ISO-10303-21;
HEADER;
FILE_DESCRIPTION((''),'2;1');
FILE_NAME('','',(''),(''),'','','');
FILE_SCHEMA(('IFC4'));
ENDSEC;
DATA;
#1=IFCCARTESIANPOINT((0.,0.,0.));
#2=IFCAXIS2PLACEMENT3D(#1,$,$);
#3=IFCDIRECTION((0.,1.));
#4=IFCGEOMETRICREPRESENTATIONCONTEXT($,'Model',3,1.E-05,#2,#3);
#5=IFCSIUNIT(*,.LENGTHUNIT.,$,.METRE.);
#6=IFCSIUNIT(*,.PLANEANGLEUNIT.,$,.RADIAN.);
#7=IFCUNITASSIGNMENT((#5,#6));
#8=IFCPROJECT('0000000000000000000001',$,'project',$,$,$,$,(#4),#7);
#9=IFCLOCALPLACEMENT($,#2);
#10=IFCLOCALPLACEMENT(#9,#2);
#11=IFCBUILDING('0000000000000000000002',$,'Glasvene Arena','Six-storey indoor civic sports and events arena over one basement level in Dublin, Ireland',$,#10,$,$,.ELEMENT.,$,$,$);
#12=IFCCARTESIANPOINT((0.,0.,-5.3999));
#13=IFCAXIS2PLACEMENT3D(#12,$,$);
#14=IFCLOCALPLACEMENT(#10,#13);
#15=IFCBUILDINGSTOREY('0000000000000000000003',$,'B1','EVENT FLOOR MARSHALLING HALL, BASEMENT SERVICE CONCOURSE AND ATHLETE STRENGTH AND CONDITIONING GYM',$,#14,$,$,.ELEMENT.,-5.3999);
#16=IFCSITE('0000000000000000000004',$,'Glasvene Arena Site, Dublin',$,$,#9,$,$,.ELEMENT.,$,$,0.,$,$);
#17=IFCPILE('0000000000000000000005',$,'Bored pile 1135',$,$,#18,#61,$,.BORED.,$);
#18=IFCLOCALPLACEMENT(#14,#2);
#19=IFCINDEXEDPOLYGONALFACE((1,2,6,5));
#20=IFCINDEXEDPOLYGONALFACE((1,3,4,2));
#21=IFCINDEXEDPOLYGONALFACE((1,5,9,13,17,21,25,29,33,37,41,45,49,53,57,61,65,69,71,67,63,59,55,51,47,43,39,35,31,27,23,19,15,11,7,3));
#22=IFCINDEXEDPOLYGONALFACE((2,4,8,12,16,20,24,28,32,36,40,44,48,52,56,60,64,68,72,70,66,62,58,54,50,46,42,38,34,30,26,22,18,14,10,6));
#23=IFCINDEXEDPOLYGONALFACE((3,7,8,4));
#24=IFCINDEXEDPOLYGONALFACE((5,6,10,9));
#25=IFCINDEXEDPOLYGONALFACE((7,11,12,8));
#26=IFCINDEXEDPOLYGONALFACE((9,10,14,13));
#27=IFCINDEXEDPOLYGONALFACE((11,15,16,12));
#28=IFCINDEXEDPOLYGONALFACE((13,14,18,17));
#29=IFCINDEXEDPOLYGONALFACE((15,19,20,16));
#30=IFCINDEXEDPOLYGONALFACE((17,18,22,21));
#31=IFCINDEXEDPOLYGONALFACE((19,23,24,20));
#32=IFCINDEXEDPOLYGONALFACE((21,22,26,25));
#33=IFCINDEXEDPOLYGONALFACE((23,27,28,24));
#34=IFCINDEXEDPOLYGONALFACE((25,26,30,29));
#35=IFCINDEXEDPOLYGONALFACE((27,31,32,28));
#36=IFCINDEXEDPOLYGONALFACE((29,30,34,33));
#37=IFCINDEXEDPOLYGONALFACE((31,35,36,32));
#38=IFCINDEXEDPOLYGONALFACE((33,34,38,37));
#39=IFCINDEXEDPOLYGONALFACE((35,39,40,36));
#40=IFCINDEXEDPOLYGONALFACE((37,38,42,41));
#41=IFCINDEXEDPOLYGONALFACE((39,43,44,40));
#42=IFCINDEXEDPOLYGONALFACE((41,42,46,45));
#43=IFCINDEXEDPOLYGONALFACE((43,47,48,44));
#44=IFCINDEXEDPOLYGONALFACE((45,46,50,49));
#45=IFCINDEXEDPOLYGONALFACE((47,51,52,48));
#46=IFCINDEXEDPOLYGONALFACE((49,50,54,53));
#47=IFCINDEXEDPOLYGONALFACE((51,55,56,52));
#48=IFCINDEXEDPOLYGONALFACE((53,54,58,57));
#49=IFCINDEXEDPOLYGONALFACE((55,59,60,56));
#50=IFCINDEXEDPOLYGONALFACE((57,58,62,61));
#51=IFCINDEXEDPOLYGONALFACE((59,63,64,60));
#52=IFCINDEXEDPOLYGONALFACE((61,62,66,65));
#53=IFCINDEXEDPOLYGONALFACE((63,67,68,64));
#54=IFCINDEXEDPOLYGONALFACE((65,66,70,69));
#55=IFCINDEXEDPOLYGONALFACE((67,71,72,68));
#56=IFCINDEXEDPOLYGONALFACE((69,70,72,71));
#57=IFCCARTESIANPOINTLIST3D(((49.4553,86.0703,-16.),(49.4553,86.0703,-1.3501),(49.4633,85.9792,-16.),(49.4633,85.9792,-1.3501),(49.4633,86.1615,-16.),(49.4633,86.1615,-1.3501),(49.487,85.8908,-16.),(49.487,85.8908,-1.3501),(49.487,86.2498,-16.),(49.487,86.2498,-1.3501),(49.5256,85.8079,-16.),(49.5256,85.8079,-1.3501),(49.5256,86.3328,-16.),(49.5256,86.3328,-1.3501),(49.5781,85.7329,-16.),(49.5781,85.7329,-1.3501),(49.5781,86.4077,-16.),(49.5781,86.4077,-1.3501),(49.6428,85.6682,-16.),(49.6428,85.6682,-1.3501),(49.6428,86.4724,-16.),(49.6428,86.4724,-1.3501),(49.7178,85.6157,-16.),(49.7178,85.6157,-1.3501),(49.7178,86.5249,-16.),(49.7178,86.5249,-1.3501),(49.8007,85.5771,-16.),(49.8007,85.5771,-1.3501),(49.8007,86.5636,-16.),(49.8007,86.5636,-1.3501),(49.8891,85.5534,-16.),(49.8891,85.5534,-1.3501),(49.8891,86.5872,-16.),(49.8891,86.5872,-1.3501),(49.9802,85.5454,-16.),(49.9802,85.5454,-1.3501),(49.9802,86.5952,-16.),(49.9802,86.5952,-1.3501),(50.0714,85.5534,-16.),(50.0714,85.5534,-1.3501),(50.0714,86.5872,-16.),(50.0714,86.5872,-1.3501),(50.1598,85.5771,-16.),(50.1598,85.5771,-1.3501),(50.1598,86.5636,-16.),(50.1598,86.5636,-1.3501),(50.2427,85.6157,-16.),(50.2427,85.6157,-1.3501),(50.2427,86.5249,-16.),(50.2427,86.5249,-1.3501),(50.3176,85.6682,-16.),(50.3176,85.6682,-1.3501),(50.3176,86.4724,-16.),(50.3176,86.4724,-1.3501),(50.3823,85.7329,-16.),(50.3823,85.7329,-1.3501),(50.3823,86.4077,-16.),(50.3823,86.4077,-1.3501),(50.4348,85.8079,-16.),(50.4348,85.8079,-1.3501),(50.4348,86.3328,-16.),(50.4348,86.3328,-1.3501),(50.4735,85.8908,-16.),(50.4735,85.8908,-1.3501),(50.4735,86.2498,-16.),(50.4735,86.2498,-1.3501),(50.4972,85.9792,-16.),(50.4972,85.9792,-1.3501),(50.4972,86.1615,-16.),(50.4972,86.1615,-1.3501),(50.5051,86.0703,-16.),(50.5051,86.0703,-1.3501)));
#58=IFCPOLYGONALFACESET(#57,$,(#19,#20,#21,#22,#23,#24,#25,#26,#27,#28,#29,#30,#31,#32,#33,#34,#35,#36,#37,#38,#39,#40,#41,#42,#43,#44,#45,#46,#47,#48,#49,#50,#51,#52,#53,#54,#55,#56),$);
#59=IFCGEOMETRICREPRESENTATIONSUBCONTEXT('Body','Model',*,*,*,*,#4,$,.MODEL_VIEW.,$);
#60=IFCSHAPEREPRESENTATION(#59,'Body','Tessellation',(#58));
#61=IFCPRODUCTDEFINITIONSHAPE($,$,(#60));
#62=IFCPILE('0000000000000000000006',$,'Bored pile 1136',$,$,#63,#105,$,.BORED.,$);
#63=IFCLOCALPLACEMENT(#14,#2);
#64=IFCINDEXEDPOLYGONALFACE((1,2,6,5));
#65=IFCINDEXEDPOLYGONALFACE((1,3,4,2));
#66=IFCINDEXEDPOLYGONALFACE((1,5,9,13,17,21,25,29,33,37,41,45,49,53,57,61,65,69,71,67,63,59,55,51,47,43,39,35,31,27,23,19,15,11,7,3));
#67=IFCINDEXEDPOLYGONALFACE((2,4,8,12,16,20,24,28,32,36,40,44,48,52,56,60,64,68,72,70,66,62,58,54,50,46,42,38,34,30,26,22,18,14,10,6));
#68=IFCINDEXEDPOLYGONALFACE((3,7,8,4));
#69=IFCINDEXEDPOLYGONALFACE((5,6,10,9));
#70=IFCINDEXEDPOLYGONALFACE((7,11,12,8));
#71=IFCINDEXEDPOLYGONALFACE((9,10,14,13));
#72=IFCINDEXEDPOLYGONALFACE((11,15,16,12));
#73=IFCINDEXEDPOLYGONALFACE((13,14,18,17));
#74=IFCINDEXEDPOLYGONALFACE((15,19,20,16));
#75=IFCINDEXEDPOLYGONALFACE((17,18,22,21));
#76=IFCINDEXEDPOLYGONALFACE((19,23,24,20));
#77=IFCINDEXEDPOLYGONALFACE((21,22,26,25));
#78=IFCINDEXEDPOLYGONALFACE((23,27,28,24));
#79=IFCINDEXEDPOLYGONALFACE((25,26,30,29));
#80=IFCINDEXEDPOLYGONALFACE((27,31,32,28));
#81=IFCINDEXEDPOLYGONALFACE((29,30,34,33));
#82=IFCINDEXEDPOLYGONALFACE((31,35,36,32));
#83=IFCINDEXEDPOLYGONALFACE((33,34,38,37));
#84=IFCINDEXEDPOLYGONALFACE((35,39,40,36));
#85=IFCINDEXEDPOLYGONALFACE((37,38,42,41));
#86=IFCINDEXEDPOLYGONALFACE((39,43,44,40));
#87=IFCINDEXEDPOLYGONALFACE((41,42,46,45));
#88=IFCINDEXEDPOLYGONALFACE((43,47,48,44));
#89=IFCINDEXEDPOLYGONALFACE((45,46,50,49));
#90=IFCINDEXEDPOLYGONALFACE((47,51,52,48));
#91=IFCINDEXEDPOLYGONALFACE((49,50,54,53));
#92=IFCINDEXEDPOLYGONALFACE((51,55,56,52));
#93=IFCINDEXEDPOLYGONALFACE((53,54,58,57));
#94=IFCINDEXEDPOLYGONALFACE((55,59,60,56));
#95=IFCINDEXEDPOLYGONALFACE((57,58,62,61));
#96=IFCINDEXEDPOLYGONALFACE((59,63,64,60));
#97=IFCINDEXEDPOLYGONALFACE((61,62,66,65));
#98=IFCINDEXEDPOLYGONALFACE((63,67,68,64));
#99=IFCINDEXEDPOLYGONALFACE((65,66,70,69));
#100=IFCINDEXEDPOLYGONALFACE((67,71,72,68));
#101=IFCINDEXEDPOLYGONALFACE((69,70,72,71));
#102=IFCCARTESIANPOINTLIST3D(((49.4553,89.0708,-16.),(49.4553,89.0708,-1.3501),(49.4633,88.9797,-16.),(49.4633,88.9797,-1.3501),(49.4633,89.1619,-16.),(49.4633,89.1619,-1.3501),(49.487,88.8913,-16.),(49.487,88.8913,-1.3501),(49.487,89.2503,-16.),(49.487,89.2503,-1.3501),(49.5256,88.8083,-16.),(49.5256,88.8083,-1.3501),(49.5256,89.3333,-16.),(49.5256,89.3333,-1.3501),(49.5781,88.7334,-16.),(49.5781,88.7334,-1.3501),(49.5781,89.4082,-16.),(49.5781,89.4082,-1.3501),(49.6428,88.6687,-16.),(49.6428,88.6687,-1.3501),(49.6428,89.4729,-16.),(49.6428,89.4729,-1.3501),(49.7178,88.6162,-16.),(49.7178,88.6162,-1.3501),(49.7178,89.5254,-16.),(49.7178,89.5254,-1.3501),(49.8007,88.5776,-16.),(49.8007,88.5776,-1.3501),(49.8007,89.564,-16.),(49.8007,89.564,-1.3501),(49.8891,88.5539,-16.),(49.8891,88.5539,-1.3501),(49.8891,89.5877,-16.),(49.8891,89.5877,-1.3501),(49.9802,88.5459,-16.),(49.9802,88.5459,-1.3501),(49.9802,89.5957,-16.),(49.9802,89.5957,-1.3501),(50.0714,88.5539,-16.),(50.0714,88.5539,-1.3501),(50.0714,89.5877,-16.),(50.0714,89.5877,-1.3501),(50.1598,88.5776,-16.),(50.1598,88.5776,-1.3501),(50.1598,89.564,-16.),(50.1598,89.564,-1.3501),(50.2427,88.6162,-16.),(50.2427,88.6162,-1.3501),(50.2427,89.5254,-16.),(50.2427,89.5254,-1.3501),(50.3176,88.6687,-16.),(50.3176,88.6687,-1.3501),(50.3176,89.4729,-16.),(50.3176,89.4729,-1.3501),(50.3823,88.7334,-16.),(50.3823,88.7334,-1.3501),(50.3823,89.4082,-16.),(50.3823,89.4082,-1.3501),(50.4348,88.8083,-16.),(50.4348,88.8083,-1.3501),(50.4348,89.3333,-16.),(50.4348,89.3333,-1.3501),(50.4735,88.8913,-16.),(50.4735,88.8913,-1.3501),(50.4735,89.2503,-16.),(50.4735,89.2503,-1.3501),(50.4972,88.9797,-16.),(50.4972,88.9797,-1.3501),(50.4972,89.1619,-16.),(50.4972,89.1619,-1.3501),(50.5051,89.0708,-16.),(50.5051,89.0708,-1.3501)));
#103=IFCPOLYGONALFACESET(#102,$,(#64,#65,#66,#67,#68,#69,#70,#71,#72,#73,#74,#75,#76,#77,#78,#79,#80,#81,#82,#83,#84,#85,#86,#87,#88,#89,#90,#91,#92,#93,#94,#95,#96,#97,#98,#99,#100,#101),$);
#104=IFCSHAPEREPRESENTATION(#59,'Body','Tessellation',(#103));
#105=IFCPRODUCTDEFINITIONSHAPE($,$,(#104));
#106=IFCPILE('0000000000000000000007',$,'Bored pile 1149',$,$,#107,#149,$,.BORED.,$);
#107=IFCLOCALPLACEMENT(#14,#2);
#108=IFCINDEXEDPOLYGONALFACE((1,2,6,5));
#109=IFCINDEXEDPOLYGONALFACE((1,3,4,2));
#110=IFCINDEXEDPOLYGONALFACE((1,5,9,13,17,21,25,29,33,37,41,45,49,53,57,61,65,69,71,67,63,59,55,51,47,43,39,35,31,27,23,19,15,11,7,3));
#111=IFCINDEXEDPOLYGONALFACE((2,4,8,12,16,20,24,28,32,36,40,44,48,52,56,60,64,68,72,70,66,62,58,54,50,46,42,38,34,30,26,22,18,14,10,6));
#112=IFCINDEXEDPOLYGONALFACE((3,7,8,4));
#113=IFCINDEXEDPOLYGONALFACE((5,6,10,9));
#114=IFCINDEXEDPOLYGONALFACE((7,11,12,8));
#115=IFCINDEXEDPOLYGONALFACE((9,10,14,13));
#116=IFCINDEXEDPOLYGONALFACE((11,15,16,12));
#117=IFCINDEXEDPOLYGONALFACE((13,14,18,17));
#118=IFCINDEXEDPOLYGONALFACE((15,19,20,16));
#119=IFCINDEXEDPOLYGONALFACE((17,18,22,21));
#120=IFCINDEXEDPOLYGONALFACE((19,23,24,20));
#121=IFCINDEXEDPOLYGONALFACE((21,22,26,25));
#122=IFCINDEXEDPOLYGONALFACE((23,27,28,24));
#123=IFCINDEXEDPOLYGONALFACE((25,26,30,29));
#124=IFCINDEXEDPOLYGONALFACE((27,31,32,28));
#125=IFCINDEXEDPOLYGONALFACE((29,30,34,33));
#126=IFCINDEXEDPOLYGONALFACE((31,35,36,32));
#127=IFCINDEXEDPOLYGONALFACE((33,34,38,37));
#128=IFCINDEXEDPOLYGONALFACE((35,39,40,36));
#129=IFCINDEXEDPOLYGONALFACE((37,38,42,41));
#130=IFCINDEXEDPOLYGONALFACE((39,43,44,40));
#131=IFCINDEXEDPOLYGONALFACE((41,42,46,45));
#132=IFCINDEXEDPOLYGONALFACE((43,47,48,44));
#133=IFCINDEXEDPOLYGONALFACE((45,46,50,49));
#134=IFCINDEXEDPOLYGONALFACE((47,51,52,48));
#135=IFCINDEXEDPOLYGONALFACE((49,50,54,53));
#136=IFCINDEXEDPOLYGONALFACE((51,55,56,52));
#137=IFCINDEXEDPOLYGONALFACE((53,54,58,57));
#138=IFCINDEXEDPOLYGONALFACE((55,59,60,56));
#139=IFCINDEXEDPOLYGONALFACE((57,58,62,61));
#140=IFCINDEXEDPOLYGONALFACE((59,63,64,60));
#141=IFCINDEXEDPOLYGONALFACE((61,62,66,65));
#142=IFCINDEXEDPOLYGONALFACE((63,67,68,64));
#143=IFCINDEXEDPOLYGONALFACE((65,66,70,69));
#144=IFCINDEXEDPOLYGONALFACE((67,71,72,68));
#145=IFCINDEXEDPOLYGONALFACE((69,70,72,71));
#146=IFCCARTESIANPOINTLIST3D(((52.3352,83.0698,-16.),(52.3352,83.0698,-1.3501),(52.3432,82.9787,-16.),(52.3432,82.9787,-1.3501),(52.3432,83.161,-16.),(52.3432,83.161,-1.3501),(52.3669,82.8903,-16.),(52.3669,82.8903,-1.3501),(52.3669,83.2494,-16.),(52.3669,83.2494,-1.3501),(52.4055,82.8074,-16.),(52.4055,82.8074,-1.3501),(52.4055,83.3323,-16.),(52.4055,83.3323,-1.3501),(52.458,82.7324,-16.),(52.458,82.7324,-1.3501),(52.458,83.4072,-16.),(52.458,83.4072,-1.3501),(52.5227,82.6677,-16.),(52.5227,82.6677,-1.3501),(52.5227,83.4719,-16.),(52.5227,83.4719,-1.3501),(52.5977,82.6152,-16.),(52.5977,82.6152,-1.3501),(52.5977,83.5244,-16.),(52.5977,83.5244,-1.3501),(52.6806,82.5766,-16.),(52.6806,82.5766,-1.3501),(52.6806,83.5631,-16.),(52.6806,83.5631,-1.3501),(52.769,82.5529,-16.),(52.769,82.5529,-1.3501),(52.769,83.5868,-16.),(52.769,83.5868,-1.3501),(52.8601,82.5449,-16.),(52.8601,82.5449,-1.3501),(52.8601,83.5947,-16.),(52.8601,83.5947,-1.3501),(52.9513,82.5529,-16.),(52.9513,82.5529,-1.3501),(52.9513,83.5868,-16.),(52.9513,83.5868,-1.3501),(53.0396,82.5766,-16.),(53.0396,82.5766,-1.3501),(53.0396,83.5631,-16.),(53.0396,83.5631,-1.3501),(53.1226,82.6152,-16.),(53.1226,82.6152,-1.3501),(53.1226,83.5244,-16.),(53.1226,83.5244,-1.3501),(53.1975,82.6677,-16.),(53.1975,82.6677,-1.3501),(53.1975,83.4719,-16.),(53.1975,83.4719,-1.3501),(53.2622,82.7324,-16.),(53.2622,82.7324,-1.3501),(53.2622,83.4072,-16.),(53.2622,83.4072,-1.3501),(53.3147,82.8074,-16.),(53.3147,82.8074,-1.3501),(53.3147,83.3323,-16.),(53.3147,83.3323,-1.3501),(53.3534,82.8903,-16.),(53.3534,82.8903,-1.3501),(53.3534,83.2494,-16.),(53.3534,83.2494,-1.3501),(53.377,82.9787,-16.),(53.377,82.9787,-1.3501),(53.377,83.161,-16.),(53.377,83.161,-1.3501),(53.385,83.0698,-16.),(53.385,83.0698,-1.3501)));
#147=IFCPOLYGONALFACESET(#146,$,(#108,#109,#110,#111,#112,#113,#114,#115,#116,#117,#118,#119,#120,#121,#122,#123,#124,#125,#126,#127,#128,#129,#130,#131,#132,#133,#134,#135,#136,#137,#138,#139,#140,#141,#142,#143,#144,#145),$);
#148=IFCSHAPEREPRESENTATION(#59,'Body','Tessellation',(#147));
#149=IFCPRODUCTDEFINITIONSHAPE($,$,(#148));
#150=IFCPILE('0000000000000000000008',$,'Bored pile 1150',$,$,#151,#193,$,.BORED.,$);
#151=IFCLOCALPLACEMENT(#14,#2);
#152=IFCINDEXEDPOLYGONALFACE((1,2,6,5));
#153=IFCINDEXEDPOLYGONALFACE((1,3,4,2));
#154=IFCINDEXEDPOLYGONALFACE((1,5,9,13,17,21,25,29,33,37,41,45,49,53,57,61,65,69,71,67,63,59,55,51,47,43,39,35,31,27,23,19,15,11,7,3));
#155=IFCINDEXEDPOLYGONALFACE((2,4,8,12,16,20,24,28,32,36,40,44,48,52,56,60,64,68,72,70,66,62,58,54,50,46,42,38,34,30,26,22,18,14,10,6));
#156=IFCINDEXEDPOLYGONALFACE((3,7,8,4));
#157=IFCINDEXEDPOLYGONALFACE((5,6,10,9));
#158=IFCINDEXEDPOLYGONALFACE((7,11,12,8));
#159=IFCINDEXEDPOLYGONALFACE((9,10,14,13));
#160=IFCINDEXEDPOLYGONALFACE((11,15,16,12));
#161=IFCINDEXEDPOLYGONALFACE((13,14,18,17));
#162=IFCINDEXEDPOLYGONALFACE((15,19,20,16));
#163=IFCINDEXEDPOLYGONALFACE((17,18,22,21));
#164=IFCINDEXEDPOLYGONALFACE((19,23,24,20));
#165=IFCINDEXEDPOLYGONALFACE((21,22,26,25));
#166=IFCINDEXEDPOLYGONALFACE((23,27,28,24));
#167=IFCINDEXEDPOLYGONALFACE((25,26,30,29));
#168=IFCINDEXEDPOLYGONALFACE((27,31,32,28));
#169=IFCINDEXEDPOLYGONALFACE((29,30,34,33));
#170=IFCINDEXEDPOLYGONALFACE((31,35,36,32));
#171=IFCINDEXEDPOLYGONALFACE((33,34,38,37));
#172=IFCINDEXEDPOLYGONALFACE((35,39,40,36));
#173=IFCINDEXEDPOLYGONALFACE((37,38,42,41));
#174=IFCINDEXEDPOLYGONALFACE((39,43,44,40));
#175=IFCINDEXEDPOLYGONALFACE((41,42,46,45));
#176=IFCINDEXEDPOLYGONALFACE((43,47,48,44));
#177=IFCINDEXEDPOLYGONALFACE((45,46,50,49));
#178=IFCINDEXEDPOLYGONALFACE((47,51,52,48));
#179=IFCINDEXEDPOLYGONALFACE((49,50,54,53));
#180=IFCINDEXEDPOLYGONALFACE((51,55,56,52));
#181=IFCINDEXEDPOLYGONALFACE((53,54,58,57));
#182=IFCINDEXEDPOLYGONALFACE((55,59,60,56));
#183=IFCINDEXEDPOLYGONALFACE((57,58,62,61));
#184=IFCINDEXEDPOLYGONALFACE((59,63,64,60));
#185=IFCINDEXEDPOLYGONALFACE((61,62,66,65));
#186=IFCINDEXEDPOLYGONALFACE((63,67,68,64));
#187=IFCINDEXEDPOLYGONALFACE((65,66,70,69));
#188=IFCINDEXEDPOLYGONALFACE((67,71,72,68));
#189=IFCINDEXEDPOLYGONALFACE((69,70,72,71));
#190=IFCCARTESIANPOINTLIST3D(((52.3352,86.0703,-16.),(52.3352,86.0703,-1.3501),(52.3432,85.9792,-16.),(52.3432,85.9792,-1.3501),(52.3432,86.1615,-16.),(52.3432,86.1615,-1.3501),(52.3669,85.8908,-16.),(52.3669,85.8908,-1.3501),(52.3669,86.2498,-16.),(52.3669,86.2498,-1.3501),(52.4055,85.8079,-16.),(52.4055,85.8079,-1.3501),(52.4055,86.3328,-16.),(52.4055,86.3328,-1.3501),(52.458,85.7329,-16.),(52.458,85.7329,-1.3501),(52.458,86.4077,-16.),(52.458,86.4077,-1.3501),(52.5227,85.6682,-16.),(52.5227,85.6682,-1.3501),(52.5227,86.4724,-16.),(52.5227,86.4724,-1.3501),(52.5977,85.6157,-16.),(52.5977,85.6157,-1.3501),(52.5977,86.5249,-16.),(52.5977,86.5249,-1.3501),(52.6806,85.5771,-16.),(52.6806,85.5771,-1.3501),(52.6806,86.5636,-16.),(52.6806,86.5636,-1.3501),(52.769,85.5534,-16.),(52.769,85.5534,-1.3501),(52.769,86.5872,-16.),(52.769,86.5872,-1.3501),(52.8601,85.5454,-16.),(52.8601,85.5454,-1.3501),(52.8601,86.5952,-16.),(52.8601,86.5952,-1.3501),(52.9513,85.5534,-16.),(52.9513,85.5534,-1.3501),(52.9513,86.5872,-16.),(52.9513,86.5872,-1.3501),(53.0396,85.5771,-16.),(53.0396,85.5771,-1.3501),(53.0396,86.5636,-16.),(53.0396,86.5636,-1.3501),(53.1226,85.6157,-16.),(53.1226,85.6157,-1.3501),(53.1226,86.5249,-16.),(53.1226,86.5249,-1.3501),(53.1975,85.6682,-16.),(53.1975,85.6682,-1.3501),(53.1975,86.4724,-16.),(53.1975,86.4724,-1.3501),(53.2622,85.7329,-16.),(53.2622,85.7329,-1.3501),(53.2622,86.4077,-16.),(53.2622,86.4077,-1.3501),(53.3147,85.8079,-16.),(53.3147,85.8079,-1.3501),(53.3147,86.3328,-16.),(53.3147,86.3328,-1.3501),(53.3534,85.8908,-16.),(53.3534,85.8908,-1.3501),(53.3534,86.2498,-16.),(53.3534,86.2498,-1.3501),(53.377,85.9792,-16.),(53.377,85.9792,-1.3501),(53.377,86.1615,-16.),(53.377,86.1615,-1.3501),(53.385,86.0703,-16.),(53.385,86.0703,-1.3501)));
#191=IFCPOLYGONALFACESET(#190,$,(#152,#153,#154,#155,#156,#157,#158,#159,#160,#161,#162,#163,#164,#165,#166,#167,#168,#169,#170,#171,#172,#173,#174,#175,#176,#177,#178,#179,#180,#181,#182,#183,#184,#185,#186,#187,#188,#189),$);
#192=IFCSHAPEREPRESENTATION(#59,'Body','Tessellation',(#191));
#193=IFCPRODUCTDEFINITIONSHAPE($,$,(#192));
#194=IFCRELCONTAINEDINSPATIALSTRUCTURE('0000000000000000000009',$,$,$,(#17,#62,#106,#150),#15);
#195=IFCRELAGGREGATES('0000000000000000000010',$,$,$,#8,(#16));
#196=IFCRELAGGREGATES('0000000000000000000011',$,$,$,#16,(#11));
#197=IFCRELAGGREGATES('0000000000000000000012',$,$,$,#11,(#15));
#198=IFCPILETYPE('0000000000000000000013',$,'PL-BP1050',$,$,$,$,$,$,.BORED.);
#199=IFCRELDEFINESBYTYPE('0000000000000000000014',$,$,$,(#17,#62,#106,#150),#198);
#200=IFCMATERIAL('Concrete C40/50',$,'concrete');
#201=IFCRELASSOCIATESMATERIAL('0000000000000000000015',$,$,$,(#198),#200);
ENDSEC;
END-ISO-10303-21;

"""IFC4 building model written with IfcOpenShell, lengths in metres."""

from ifc_helpers import new_model, si_unit, direction, frame, origin, origin_2d, place, context, subcontext, project, spatial, circle, extrude, material, material_profile, profile_set, type_object, element, save


model = new_model("IFC4")

# Units and contexts
model_context = context("Model", 3, precision=1e-05, world=origin(), true_north=direction((0.0, 1.0)))
body_context = subcontext(model_context, "Body", "Model", "MODEL_VIEW")
ifc_project = project(units=[si_unit("LENGTHUNIT", "METRE"), si_unit("PLANEANGLEUNIT", "RADIAN")], contexts=[model_context])

# Site, building, storey
site_placement = place(None, origin())
site = spatial("IfcSite", under=ifc_project, at=site_placement, Name="Glasvene Arena Site, Dublin", CompositionType="ELEMENT", RefElevation=0.0)
building_placement = place(site_placement, origin())
building = spatial("IfcBuilding", under=site, at=building_placement, Name="Glasvene Arena", Description="Six-storey indoor civic sports and events arena over one basement level in Dublin, Ireland", CompositionType="ELEMENT")
storey_placement = place(building_placement, frame((0.0, 0.0, -5.3999)))
storey = spatial("IfcBuildingStorey", under=building, at=storey_placement, Name="B1", Description="EVENT FLOOR MARSHALLING HALL, BASEMENT SERVICE CONCOURSE AND ATHLETE STRENGTH AND CONDITIONING GYM", CompositionType="ELEMENT", Elevation=-5.3999)

# Piles
ifc_material_1 = material(Name="Concrete C40/50", Category="concrete")
ifc_material_profile_1 = material_profile(ifc_material_1, circle(Radius=0.5249, at=origin_2d()), Name="BORED PILE 1050")
ifc_profile_set_1 = profile_set([ifc_material_profile_1], Name="Concrete C40/50")
pile_type = type_object("IfcPileType", Name="PL-BP1050", PredefinedType="BORED", material=ifc_profile_set_1)
for number, where, z_axis, x_axis, name in (
    (1, (49.9802, 86.0703, -1.3501), (0.0, 0.0, -1.0), (1.0, 0.0, 0.0), "Bored pile 1135"),
    (2, (49.9802, 89.0708, -1.3501), (0.0, 0.0, -1.0), (1.0, 0.0, 0.0), "Bored pile 1136"),
    (3, (52.8601, 83.0698, -1.3501), (0.0, 0.0, -1.0), (1.0, 0.0, 0.0), "Bored pile 1149"),
    (4, (52.8601, 86.0703, -1.3501), (0.0, 0.0, -1.0), (1.0, 0.0, 0.0), "Bored pile 1150"),
):
    element("IfcPile", number, at=place(storey_placement, frame(where, z_axis=z_axis, x_axis=x_axis)), inside=storey, type_object=pile_type, Name=name, PredefinedType="BORED", context=body_context, shape_type="SweptSolid", body=[
        extrude(circle(Radius=0.5249, at=origin_2d()), origin(), (0.0, 0.0, 1.0), 14.6499),
    ])

save(model, "model.ifc")
